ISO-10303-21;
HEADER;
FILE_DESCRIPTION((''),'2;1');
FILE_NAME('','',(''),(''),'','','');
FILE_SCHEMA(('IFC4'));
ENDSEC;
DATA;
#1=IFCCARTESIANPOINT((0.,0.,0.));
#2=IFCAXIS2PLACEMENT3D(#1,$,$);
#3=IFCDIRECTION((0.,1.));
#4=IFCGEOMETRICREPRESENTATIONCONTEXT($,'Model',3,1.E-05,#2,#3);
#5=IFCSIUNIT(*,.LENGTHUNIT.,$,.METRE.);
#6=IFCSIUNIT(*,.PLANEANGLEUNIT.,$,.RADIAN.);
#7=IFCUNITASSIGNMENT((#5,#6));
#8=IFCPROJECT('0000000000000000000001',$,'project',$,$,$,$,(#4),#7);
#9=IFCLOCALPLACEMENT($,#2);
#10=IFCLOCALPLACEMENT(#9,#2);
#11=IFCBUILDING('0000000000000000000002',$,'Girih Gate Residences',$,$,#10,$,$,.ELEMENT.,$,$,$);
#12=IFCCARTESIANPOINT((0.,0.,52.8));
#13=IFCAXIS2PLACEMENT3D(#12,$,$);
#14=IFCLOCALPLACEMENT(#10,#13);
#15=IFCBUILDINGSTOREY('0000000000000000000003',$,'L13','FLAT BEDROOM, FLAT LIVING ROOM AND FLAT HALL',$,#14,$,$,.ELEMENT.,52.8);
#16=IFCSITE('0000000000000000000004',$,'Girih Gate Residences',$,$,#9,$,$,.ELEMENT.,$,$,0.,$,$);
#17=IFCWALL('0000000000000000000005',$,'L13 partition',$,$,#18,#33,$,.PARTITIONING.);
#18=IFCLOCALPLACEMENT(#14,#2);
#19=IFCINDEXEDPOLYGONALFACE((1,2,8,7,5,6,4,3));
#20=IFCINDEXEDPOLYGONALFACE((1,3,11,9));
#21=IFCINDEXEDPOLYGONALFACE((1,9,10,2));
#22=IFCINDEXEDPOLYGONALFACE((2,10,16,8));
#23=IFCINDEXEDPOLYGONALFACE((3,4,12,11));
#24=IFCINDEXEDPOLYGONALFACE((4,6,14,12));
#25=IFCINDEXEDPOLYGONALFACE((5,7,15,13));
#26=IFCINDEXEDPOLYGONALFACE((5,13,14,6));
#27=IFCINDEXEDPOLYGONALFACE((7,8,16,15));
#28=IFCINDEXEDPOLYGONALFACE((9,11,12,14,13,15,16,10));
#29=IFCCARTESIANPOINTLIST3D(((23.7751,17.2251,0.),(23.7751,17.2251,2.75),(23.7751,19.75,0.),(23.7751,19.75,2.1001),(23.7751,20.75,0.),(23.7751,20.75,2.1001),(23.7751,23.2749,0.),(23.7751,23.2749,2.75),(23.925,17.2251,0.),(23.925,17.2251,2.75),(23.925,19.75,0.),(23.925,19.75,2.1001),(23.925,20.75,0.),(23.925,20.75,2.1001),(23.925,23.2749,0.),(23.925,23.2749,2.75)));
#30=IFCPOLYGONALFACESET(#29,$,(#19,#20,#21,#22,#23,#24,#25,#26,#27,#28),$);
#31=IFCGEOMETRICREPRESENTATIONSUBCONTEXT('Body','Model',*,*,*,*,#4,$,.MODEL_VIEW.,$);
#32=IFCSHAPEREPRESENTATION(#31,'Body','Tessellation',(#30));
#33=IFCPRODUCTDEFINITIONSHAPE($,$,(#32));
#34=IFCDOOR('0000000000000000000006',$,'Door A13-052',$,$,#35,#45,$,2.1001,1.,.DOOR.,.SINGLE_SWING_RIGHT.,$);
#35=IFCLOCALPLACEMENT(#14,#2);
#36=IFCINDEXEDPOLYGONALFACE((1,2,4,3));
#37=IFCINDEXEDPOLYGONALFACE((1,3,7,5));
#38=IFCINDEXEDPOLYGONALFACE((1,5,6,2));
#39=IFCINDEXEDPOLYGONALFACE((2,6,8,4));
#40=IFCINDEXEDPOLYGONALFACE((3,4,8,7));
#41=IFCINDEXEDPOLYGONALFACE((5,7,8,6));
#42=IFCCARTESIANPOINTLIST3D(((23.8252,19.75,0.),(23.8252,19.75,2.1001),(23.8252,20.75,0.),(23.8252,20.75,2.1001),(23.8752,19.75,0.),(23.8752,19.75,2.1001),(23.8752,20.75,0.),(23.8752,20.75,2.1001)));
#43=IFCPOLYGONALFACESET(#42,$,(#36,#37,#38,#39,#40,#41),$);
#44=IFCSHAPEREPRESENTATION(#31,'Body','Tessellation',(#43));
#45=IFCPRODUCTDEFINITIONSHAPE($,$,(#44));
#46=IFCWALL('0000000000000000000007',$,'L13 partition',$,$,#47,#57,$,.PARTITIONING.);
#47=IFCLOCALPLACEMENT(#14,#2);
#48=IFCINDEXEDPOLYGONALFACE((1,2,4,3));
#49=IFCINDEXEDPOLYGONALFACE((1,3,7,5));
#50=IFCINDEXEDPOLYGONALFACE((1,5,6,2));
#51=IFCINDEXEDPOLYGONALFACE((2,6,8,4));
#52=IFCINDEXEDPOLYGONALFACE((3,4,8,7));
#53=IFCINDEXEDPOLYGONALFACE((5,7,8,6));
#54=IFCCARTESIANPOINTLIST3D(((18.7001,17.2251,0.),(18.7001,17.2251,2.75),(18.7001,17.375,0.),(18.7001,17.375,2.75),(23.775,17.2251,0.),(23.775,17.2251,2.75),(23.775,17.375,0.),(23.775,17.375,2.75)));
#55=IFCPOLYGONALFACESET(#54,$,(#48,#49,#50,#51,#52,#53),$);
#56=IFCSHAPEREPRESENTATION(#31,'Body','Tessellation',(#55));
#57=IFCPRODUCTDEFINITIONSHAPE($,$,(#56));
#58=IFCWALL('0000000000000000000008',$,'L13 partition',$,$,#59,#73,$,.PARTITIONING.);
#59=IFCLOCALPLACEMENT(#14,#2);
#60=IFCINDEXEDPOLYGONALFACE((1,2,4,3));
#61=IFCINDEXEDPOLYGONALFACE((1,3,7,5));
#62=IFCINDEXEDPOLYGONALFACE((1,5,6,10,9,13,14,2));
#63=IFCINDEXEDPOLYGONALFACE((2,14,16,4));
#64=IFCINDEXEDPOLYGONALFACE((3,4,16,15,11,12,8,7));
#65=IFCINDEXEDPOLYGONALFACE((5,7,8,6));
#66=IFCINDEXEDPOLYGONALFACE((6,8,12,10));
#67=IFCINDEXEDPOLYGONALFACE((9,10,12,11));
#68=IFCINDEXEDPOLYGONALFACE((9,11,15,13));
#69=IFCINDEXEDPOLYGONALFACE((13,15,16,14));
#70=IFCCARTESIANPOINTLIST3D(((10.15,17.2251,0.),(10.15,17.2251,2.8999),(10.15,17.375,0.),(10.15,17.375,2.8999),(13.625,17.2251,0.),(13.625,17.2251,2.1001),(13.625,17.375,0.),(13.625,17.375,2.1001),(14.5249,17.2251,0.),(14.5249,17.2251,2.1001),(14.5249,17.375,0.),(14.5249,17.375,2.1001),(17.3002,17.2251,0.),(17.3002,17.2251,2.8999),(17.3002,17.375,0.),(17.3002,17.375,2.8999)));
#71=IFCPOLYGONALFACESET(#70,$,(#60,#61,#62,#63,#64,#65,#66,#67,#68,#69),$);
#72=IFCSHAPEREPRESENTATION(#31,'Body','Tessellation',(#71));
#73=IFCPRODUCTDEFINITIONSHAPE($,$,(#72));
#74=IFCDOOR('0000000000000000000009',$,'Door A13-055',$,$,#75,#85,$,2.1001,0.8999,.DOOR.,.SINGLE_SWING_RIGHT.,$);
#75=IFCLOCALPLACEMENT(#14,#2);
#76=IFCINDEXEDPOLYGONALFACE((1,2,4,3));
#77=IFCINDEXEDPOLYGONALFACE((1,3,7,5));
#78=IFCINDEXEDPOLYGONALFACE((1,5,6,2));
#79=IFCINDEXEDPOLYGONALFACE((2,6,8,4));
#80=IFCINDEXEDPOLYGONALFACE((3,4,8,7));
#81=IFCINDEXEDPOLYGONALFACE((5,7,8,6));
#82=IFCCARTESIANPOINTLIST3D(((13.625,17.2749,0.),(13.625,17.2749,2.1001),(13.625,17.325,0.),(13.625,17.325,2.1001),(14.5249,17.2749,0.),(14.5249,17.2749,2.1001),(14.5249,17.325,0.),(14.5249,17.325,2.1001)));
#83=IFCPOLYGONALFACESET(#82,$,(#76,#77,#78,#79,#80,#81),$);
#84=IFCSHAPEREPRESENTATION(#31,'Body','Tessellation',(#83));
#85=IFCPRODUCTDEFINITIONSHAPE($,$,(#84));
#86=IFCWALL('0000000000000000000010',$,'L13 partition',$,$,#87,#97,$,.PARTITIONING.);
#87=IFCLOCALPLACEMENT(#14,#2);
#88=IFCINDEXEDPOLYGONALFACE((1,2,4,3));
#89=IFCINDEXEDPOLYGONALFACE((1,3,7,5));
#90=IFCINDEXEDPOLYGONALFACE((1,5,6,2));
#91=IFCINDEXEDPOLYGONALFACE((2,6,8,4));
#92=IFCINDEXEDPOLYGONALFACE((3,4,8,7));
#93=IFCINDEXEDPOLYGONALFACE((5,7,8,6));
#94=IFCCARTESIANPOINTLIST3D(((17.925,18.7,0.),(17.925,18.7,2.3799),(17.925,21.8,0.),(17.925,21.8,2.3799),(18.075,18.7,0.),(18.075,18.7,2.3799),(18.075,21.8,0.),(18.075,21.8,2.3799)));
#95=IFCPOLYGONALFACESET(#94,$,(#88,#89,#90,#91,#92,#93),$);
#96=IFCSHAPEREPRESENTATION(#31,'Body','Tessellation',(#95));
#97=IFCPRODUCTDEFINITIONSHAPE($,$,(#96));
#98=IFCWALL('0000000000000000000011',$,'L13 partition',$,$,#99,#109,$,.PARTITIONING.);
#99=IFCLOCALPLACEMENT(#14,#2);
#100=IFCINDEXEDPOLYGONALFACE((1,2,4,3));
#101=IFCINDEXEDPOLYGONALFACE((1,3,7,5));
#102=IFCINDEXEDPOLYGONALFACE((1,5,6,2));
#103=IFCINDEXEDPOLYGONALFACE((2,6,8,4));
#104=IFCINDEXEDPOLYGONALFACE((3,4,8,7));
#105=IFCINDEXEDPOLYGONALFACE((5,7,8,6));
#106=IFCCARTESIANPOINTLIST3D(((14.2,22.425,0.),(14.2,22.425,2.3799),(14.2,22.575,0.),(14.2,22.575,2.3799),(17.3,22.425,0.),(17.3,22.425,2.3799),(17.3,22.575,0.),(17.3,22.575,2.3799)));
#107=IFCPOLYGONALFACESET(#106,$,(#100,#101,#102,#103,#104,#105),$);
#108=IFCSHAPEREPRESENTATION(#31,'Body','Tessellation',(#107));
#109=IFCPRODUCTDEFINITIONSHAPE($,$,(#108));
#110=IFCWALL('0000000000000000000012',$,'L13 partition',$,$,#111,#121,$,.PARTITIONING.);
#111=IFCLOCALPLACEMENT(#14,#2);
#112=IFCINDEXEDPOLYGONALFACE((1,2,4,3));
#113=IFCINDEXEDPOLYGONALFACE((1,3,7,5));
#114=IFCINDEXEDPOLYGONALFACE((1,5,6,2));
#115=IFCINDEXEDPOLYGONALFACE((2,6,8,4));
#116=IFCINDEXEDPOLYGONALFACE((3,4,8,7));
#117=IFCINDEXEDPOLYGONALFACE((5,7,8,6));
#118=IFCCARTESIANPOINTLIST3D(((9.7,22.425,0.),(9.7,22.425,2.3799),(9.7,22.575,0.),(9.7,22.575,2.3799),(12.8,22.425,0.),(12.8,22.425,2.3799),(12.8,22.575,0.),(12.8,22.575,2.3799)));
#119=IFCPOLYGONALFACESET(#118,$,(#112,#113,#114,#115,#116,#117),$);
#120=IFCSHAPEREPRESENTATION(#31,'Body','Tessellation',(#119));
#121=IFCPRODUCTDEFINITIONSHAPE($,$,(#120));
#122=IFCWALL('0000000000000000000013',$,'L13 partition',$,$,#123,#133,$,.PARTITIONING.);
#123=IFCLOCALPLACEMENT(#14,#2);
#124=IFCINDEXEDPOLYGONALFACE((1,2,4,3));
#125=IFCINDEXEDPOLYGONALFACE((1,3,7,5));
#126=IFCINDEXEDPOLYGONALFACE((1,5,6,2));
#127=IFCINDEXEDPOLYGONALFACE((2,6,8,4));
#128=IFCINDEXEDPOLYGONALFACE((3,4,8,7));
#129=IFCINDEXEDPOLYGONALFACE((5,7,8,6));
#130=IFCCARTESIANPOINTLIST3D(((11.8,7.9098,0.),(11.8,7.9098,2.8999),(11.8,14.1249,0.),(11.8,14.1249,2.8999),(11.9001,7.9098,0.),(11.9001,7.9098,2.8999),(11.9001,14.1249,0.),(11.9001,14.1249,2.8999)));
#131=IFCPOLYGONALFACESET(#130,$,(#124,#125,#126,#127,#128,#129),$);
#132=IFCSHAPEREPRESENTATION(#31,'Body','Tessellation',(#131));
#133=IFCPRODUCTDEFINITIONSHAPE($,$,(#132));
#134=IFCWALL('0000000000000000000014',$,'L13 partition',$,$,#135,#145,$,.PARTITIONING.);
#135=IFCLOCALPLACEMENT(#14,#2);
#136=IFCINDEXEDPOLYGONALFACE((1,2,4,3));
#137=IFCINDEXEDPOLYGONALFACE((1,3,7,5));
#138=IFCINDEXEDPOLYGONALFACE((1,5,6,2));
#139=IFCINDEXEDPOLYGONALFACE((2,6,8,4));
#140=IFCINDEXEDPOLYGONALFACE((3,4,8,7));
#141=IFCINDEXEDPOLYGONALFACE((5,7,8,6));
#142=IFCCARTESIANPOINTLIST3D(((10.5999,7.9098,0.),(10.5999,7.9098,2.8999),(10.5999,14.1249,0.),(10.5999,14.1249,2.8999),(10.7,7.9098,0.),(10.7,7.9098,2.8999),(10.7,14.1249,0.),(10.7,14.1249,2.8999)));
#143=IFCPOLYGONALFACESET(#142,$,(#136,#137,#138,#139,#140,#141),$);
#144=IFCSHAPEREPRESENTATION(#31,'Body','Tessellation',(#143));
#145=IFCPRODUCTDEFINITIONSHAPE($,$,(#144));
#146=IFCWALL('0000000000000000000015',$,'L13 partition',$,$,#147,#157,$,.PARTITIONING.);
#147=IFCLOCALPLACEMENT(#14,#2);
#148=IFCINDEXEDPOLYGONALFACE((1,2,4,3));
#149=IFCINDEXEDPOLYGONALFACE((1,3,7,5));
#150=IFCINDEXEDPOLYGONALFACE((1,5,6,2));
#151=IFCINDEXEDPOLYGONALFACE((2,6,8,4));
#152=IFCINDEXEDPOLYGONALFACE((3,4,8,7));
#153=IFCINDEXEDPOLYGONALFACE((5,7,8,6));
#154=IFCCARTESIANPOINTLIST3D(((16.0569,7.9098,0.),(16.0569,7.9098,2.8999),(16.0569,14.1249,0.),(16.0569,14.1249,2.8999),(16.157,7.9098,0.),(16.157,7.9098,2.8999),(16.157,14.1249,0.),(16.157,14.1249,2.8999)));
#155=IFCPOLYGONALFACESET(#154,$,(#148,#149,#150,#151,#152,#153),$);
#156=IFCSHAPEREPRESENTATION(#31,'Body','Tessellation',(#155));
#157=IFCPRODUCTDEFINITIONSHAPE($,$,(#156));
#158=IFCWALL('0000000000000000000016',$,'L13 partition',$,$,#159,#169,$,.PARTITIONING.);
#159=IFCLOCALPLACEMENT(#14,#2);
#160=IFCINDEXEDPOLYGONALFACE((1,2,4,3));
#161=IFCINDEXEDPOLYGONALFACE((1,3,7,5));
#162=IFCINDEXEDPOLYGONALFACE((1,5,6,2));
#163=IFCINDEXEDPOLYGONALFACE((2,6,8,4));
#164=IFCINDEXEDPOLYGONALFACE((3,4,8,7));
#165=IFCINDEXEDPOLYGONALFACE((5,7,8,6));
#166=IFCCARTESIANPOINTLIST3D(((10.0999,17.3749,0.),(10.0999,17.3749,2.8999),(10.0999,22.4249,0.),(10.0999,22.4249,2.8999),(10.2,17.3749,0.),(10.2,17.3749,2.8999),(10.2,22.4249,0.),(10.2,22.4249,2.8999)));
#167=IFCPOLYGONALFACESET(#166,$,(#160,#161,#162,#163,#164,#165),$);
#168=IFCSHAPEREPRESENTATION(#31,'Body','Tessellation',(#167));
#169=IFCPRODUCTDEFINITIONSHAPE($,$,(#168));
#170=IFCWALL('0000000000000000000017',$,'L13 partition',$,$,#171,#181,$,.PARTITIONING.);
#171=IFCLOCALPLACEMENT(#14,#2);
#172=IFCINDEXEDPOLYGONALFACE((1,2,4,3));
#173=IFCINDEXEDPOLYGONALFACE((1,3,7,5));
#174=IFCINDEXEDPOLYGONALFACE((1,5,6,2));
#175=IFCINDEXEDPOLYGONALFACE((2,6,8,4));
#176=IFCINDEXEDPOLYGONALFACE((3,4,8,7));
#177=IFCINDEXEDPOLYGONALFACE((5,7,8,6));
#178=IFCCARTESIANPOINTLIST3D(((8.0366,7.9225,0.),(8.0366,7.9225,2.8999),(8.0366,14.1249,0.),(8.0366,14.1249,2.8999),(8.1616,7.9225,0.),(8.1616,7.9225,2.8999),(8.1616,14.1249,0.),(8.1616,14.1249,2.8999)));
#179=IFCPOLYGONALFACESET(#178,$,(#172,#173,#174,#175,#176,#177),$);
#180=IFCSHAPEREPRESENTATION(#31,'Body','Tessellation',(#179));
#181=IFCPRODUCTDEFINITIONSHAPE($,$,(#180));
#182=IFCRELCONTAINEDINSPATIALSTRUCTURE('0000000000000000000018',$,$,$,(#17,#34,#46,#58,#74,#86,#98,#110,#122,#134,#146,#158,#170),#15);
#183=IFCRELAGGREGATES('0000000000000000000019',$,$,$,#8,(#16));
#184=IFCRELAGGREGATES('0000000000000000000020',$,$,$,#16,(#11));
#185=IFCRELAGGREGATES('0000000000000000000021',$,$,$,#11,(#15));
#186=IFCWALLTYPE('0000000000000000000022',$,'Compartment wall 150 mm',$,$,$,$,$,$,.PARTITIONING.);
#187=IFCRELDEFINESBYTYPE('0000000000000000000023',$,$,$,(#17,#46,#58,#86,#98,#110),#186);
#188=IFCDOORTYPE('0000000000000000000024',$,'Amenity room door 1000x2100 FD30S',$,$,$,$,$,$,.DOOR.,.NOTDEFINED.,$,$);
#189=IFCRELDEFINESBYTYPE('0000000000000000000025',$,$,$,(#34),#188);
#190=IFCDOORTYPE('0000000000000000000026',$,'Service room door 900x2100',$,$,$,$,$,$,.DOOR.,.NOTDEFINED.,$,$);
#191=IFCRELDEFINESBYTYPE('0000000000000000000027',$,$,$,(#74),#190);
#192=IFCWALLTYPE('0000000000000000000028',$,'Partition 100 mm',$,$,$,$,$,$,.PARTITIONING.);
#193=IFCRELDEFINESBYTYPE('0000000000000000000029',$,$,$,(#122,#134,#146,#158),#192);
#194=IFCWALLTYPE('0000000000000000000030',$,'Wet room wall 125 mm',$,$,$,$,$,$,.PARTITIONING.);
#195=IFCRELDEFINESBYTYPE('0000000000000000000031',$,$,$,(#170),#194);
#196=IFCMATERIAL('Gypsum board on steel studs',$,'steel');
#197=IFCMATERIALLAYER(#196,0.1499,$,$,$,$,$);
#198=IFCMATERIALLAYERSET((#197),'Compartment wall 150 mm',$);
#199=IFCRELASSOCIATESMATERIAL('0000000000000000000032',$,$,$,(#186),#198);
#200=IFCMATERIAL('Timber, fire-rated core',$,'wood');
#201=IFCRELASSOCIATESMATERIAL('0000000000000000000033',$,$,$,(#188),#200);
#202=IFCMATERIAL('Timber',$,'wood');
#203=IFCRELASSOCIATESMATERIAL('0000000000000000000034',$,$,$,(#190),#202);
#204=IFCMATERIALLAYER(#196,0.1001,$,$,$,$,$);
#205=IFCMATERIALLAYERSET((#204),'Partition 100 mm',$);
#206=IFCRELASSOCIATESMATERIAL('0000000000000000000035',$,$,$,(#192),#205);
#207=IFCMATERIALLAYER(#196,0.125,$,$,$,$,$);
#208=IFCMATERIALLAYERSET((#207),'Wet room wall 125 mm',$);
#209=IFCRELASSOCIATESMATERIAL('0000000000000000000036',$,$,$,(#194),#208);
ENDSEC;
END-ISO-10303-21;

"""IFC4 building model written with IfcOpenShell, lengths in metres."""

from ifc_helpers import new_model, si_unit, direction, frame, frame_2d, origin, place, context, subcontext, project, spatial, rectangle, extrude, material, layer, layer_set, type_object, element, fill, save


model = new_model("IFC4")

# Units and contexts
model_context = context("Model", 3, precision=1e-05, world=origin(), true_north=direction((0.0, 1.0)))
body_context = subcontext(model_context, "Body", "Model", "MODEL_VIEW")
ifc_project = project(units=[si_unit("LENGTHUNIT", "METRE"), si_unit("PLANEANGLEUNIT", "RADIAN")], contexts=[model_context])

# Site, building, storey
site_placement = place(None, origin())
site = spatial("IfcSite", under=ifc_project, at=site_placement, Name="Girih Gate Residences", CompositionType="ELEMENT", RefElevation=0.0)
building_placement = place(site_placement, origin())
building = spatial("IfcBuilding", under=site, at=building_placement, Name="Girih Gate Residences", CompositionType="ELEMENT")
storey_placement = place(building_placement, frame((0.0, 0.0, 52.8)))
storey = spatial("IfcBuildingStorey", under=building, at=storey_placement, Name="L13", Description="FLAT BEDROOM, FLAT LIVING ROOM AND FLAT HALL", CompositionType="ELEMENT", Elevation=52.8)

# Shared definitions
ifc_material_1 = material(Name="Gypsum board on steel studs", Category="steel")

# Shared definitions
ifc_layer_1 = layer(ifc_material_1, 0.1499)
ifc_layer_set_1 = layer_set([ifc_layer_1], Name="Compartment wall 150 mm")
wall_type_1 = type_object("IfcWallType", Name="Compartment wall 150 mm", PredefinedType="PARTITIONING", material=ifc_layer_set_1)
ifc_material_2 = material(Name="Timber, fire-rated core", Category="wood")

# Wall, opening, door
wall_1_placement = place(storey_placement, frame((23.8501, 17.2251, 0.0), z_axis=(0.0, 0.0, 1.0), x_axis=(0.0, 1.0, 0.0)))
wall_1 = element("IfcWall", 1, at=wall_1_placement, inside=storey, type_object=wall_type_1, Name="L13 partition", PredefinedType="PARTITIONING", context=body_context, shape_type="SweptSolid", body=[
    extrude(rectangle(XDim=6.0498, YDim=0.1499, at=frame_2d((3.0249, 0.0))), origin(), (0.0, 0.0, 1.0), 2.75),
])
opening_1_placement = place(wall_1_placement, frame((2.5249, 0.0, 0.0)))
opening_1 = element("IfcOpeningElement", 2, at=opening_1_placement, cuts=wall_1, PredefinedType="OPENING", context=body_context, shape_type="SweptSolid", body=[
    extrude(rectangle(XDim=1.0, YDim=2.1001, at=frame_2d((0.5, 1.05))), frame((0.0, 0.085, 0.0), z_axis=(0.0, -1.0, 0.0), x_axis=(1.0, 0.0, 0.0)), (0.0, 0.0, 1.0), 0.1699),
])
door_type_1 = type_object("IfcDoorType", Name="Amenity room door 1000x2100 FD30S", OperationType="NOTDEFINED", PredefinedType="DOOR", material=ifc_material_2)
door_1_placement = place(opening_1_placement, origin())
door_1 = element("IfcDoor", 3, at=door_1_placement, inside=storey, type_object=door_type_1, Name="Door A13-052", OperationType="SINGLE_SWING_RIGHT", OverallHeight=2.1001, OverallWidth=1.0, PredefinedType="DOOR", context=body_context, shape_type="SweptSolid", body=[
    extrude(rectangle(XDim=1.0, YDim=2.1001, at=frame_2d((0.5, 1.05))), frame((0.0, 0.0249, 0.0), z_axis=(0.0, -1.0, 0.0), x_axis=(1.0, 0.0, 0.0)), (0.0, 0.0, 1.0), 0.05),
])
fill(opening_1, door_1)

# Wall
wall_2_placement = place(storey_placement, frame((18.7, 17.3, 0.0), z_axis=(0.0, 0.0, 1.0), x_axis=(1.0, 0.0, 0.0)))
element("IfcWall", 4, at=wall_2_placement, inside=storey, type_object=wall_type_1, Name="L13 partition", PredefinedType="PARTITIONING", context=body_context, shape_type="SweptSolid", body=[
    extrude(rectangle(XDim=5.075, YDim=0.1499, at=frame_2d((2.5376, 0.0))), origin(), (0.0, 0.0, 1.0), 2.75),
])

# Wall, opening, door
wall_3_placement = place(storey_placement, frame((10.1499, 17.3, 0.0), z_axis=(0.0, 0.0, 1.0), x_axis=(1.0, 0.0, 0.0)))
wall_3 = element("IfcWall", 5, at=wall_3_placement, inside=storey, type_object=wall_type_1, Name="L13 partition", PredefinedType="PARTITIONING", context=body_context, shape_type="SweptSolid", body=[
    extrude(rectangle(XDim=7.1501, YDim=0.1499, at=frame_2d((3.5752, 0.0))), origin(), (0.0, 0.0, 1.0), 2.8999),
])
opening_2_placement = place(wall_3_placement, frame((3.4751, 0.0, 0.0)))
opening_2 = element("IfcOpeningElement", 6, at=opening_2_placement, cuts=wall_3, PredefinedType="OPENING", context=body_context, shape_type="SweptSolid", body=[
    extrude(rectangle(XDim=0.8999, YDim=2.1001, at=frame_2d((0.45, 1.05))), frame((0.0, 0.085, 0.0), z_axis=(0.0, -1.0, 0.0), x_axis=(1.0, 0.0, 0.0)), (0.0, 0.0, 1.0), 0.1699),
])
ifc_material_3 = material(Name="Timber", Category="wood")
door_type_2 = type_object("IfcDoorType", Name="Service room door 900x2100", OperationType="NOTDEFINED", PredefinedType="DOOR", material=ifc_material_3)
door_2_placement = place(opening_2_placement, origin())
door_2 = element("IfcDoor", 7, at=door_2_placement, inside=storey, type_object=door_type_2, Name="Door A13-055", OperationType="SINGLE_SWING_RIGHT", OverallHeight=2.1001, OverallWidth=0.8999, PredefinedType="DOOR", context=body_context, shape_type="SweptSolid", body=[
    extrude(rectangle(XDim=0.8999, YDim=2.1001, at=frame_2d((0.45, 1.05))), frame((0.0, 0.0249, 0.0), z_axis=(0.0, -1.0, 0.0), x_axis=(1.0, 0.0, 0.0)), (0.0, 0.0, 1.0), 0.05),
])
fill(opening_2, door_2)

# Walls
for number, where, z_axis, x_axis, name in (
    (8, (18.0, 18.7, 0.0), (0.0, 0.0, 1.0), (0.0, 1.0, 0.0), "L13 partition"),
    (9, (14.2, 22.5, 0.0), (0.0, 0.0, 1.0), (1.0, 0.0, 0.0), "L13 partition"),
    (10, (9.7, 22.5, 0.0), (0.0, 0.0, 1.0), (1.0, 0.0, 0.0), "L13 partition"),
):
    element("IfcWall", number, at=place(storey_placement, frame(where, z_axis=z_axis, x_axis=x_axis)), inside=storey, type_object=wall_type_1, Name=name, PredefinedType="PARTITIONING", context=body_context, shape_type="SweptSolid", body=[
        extrude(rectangle(XDim=3.1001, YDim=0.1499, at=frame_2d((1.55, 0.0))), origin(), (0.0, 0.0, 1.0), 2.3799),
    ])
ifc_layer_2 = layer(ifc_material_1, 0.1001)
ifc_layer_set_2 = layer_set([ifc_layer_2], Name="Partition 100 mm")
wall_type_2 = type_object("IfcWallType", Name="Partition 100 mm", PredefinedType="PARTITIONING", material=ifc_layer_set_2)
for number, where, z_axis, x_axis, name in (
    (11, (11.8501, 7.9099, 0.0), (0.0, 0.0, 1.0), (0.0, 1.0, 0.0), "L13 partition"),
    (12, (10.6499, 7.9099, 0.0), (0.0, 0.0, 1.0), (0.0, 1.0, 0.0), "L13 partition"),
    (13, (16.1069, 7.9099, 0.0), (0.0, 0.0, 1.0), (0.0, 1.0, 0.0), "L13 partition"),
):
    element("IfcWall", number, at=place(storey_placement, frame(where, z_axis=z_axis, x_axis=x_axis)), inside=storey, type_object=wall_type_2, Name=name, PredefinedType="PARTITIONING", context=body_context, shape_type="SweptSolid", body=[
        extrude(rectangle(XDim=6.2151, YDim=0.1001, at=frame_2d((3.1074, 0.0))), origin(), (0.0, 0.0, 1.0), 2.8999),
    ])
wall_4_placement = place(storey_placement, frame((10.1499, 17.375, 0.0), z_axis=(0.0, 0.0, 1.0), x_axis=(0.0, 1.0, 0.0)))
element("IfcWall", 14, at=wall_4_placement, inside=storey, type_object=wall_type_2, Name="L13 partition", PredefinedType="PARTITIONING", context=body_context, shape_type="SweptSolid", body=[
    extrude(rectangle(XDim=5.05, YDim=0.1001, at=frame_2d((2.5249, 0.0))), origin(), (0.0, 0.0, 1.0), 2.8999),
])
ifc_layer_3 = layer(ifc_material_1, 0.125)
ifc_layer_set_3 = layer_set([ifc_layer_3], Name="Wet room wall 125 mm")
wall_type_3 = type_object("IfcWallType", Name="Wet room wall 125 mm", PredefinedType="PARTITIONING", material=ifc_layer_set_3)
wall_5_placement = place(storey_placement, frame((8.0991, 7.9226, 0.0), z_axis=(0.0, 0.0, 1.0), x_axis=(0.0, 1.0, 0.0)))
element("IfcWall", 15, at=wall_5_placement, inside=storey, type_object=wall_type_3, Name="L13 partition", PredefinedType="PARTITIONING", context=body_context, shape_type="SweptSolid", body=[
    extrude(rectangle(XDim=6.2024, YDim=0.125, at=frame_2d((3.1011, 0.0))), origin(), (0.0, 0.0, 1.0), 2.8999),
])

save(model, "model.ifc")
